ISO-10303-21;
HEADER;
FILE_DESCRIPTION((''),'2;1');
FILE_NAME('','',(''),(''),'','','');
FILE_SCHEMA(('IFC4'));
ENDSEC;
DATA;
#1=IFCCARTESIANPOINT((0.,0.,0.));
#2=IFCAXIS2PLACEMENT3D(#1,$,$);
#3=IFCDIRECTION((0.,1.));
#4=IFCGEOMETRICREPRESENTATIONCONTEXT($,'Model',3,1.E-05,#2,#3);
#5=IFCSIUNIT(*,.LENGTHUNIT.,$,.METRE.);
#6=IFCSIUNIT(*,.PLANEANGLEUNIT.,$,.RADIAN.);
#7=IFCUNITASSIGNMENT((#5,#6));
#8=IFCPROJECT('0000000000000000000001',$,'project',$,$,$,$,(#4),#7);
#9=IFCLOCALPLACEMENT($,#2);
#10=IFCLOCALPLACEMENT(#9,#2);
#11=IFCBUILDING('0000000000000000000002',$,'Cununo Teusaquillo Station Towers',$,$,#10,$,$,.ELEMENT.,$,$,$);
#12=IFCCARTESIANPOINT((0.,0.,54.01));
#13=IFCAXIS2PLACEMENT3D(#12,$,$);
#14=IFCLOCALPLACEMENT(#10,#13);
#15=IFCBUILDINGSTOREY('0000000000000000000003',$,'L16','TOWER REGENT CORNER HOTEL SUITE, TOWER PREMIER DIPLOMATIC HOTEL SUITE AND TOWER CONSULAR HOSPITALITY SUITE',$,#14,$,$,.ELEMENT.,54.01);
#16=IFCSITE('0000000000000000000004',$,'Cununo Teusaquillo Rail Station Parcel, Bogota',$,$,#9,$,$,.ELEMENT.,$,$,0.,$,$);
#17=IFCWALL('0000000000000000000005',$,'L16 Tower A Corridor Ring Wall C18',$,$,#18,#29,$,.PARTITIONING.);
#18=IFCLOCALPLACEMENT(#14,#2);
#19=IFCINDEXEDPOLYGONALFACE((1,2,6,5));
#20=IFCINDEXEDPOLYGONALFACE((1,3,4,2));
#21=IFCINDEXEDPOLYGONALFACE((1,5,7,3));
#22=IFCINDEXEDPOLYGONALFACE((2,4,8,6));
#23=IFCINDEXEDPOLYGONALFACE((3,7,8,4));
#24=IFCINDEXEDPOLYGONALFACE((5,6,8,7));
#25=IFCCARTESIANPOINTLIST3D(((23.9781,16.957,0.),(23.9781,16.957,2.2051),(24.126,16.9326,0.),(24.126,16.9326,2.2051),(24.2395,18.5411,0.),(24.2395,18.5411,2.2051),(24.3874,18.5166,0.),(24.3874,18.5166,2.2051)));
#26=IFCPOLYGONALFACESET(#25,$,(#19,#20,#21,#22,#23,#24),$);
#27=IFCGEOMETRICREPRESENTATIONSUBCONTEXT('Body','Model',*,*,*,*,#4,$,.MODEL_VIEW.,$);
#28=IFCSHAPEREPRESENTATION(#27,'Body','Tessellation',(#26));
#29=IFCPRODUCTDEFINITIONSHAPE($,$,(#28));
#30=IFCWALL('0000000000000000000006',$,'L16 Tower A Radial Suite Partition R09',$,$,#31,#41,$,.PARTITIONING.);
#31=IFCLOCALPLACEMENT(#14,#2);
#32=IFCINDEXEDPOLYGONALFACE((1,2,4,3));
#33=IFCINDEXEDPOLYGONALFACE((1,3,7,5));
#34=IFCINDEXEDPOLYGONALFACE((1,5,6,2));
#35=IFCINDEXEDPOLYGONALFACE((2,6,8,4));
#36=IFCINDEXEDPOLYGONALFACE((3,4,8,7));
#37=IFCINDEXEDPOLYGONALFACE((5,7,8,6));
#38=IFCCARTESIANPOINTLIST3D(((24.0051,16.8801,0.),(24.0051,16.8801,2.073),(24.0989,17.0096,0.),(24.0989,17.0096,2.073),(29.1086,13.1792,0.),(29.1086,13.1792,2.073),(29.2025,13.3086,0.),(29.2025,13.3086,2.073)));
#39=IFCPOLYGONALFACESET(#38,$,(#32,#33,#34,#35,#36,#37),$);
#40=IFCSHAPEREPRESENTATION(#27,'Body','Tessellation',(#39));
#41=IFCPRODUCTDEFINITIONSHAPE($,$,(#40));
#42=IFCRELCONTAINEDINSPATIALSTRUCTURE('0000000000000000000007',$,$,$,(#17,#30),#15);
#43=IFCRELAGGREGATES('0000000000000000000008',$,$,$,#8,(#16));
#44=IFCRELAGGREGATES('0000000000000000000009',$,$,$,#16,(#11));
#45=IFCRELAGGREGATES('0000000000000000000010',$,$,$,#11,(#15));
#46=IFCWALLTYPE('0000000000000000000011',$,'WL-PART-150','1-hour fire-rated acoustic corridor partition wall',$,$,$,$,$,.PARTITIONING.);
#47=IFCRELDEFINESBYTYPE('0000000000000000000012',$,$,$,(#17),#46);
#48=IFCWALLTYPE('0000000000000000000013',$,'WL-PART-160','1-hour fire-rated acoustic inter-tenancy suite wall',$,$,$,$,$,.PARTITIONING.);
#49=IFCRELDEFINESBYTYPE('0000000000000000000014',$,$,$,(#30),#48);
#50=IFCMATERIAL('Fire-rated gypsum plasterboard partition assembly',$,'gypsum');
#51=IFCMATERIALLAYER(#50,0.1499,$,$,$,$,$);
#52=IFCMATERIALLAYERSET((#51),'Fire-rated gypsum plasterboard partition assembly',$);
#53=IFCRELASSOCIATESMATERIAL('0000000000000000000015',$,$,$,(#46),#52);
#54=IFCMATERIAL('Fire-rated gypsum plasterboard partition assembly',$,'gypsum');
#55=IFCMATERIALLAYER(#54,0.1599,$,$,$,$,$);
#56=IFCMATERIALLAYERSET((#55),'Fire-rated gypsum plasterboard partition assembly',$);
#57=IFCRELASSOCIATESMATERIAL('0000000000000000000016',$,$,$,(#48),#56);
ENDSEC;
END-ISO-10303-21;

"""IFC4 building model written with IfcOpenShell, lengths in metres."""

from ifc_helpers import new_model, si_unit, direction, frame, frame_2d, origin, place, context, subcontext, project, spatial, rectangle, extrude, material, layer, layer_set, type_object, element, save


model = new_model("IFC4")

# Units and contexts
model_context = context("Model", 3, precision=1e-05, world=origin(), true_north=direction((0.0, 1.0)))
body_context = subcontext(model_context, "Body", "Model", "MODEL_VIEW")
ifc_project = project(units=[si_unit("LENGTHUNIT", "METRE"), si_unit("PLANEANGLEUNIT", "RADIAN")], contexts=[model_context])

# Site, building, storey
site_placement = place(None, origin())
site = spatial("IfcSite", under=ifc_project, at=site_placement, Name="Cununo Teusaquillo Rail Station Parcel, Bogota", CompositionType="ELEMENT", RefElevation=0.0)
building_placement = place(site_placement, origin())
building = spatial("IfcBuilding", under=site, at=building_placement, Name="Cununo Teusaquillo Station Towers", CompositionType="ELEMENT")
storey_placement = place(building_placement, frame((0.0, 0.0, 54.01)))
storey = spatial("IfcBuildingStorey", under=building, at=storey_placement, Name="L16", Description="TOWER REGENT CORNER HOTEL SUITE, TOWER PREMIER DIPLOMATIC HOTEL SUITE AND TOWER CONSULAR HOSPITALITY SUITE", CompositionType="ELEMENT", Elevation=54.01)

# Shared definitions
ifc_material_1 = material(Name="Fire-rated gypsum plasterboard partition assembly", Category="gypsum")
ifc_layer_1 = layer(ifc_material_1, 0.1499)
ifc_layer_set_1 = layer_set([ifc_layer_1], Name="Fire-rated gypsum plasterboard partition assembly")
wall_type_1 = type_object("IfcWallType", Name="WL-PART-150", Description="1-hour fire-rated acoustic corridor partition wall", PredefinedType="PARTITIONING", material=ifc_layer_set_1)

# Walls
wall_1_placement = place(storey_placement, frame((24.052, 16.9448, 0.0), z_axis=(0.0, 0.0, 1.0), x_axis=(0.16287, 0.986648, 0.0)))
element("IfcWall", 1, at=wall_1_placement, inside=storey, type_object=wall_type_1, Name="L16 Tower A Corridor Ring Wall C18", PredefinedType="PARTITIONING", context=body_context, shape_type="SweptSolid", body=[
    extrude(rectangle(XDim=1.6055, YDim=0.1499, at=frame_2d((0.8027, 0.0))), origin(), (0.0, 0.0, 1.0), 2.2051),
])
ifc_material_2 = material(Name="Fire-rated gypsum plasterboard partition assembly", Category="gypsum")
ifc_layer_2 = layer(ifc_material_2, 0.1599)
ifc_layer_set_2 = layer_set([ifc_layer_2], Name="Fire-rated gypsum plasterboard partition assembly")
wall_type_2 = type_object("IfcWallType", Name="WL-PART-160", Description="1-hour fire-rated acoustic inter-tenancy suite wall", PredefinedType="PARTITIONING", material=ifc_layer_set_2)
wall_2_placement = place(storey_placement, frame((24.052, 16.9448, 0.0), z_axis=(0.0, 0.0, 1.0), x_axis=(0.809544, -0.587059, 0.0)))
element("IfcWall", 2, at=wall_2_placement, inside=storey, type_object=wall_type_2, Name="L16 Tower A Radial Suite Partition R09", PredefinedType="PARTITIONING", context=body_context, shape_type="SweptSolid", body=[
    extrude(rectangle(XDim=6.3042, YDim=0.1599, at=frame_2d((3.1521, 0.0))), origin(), (0.0, 0.0, 1.0), 2.073),
])

save(model, "model.ifc")
